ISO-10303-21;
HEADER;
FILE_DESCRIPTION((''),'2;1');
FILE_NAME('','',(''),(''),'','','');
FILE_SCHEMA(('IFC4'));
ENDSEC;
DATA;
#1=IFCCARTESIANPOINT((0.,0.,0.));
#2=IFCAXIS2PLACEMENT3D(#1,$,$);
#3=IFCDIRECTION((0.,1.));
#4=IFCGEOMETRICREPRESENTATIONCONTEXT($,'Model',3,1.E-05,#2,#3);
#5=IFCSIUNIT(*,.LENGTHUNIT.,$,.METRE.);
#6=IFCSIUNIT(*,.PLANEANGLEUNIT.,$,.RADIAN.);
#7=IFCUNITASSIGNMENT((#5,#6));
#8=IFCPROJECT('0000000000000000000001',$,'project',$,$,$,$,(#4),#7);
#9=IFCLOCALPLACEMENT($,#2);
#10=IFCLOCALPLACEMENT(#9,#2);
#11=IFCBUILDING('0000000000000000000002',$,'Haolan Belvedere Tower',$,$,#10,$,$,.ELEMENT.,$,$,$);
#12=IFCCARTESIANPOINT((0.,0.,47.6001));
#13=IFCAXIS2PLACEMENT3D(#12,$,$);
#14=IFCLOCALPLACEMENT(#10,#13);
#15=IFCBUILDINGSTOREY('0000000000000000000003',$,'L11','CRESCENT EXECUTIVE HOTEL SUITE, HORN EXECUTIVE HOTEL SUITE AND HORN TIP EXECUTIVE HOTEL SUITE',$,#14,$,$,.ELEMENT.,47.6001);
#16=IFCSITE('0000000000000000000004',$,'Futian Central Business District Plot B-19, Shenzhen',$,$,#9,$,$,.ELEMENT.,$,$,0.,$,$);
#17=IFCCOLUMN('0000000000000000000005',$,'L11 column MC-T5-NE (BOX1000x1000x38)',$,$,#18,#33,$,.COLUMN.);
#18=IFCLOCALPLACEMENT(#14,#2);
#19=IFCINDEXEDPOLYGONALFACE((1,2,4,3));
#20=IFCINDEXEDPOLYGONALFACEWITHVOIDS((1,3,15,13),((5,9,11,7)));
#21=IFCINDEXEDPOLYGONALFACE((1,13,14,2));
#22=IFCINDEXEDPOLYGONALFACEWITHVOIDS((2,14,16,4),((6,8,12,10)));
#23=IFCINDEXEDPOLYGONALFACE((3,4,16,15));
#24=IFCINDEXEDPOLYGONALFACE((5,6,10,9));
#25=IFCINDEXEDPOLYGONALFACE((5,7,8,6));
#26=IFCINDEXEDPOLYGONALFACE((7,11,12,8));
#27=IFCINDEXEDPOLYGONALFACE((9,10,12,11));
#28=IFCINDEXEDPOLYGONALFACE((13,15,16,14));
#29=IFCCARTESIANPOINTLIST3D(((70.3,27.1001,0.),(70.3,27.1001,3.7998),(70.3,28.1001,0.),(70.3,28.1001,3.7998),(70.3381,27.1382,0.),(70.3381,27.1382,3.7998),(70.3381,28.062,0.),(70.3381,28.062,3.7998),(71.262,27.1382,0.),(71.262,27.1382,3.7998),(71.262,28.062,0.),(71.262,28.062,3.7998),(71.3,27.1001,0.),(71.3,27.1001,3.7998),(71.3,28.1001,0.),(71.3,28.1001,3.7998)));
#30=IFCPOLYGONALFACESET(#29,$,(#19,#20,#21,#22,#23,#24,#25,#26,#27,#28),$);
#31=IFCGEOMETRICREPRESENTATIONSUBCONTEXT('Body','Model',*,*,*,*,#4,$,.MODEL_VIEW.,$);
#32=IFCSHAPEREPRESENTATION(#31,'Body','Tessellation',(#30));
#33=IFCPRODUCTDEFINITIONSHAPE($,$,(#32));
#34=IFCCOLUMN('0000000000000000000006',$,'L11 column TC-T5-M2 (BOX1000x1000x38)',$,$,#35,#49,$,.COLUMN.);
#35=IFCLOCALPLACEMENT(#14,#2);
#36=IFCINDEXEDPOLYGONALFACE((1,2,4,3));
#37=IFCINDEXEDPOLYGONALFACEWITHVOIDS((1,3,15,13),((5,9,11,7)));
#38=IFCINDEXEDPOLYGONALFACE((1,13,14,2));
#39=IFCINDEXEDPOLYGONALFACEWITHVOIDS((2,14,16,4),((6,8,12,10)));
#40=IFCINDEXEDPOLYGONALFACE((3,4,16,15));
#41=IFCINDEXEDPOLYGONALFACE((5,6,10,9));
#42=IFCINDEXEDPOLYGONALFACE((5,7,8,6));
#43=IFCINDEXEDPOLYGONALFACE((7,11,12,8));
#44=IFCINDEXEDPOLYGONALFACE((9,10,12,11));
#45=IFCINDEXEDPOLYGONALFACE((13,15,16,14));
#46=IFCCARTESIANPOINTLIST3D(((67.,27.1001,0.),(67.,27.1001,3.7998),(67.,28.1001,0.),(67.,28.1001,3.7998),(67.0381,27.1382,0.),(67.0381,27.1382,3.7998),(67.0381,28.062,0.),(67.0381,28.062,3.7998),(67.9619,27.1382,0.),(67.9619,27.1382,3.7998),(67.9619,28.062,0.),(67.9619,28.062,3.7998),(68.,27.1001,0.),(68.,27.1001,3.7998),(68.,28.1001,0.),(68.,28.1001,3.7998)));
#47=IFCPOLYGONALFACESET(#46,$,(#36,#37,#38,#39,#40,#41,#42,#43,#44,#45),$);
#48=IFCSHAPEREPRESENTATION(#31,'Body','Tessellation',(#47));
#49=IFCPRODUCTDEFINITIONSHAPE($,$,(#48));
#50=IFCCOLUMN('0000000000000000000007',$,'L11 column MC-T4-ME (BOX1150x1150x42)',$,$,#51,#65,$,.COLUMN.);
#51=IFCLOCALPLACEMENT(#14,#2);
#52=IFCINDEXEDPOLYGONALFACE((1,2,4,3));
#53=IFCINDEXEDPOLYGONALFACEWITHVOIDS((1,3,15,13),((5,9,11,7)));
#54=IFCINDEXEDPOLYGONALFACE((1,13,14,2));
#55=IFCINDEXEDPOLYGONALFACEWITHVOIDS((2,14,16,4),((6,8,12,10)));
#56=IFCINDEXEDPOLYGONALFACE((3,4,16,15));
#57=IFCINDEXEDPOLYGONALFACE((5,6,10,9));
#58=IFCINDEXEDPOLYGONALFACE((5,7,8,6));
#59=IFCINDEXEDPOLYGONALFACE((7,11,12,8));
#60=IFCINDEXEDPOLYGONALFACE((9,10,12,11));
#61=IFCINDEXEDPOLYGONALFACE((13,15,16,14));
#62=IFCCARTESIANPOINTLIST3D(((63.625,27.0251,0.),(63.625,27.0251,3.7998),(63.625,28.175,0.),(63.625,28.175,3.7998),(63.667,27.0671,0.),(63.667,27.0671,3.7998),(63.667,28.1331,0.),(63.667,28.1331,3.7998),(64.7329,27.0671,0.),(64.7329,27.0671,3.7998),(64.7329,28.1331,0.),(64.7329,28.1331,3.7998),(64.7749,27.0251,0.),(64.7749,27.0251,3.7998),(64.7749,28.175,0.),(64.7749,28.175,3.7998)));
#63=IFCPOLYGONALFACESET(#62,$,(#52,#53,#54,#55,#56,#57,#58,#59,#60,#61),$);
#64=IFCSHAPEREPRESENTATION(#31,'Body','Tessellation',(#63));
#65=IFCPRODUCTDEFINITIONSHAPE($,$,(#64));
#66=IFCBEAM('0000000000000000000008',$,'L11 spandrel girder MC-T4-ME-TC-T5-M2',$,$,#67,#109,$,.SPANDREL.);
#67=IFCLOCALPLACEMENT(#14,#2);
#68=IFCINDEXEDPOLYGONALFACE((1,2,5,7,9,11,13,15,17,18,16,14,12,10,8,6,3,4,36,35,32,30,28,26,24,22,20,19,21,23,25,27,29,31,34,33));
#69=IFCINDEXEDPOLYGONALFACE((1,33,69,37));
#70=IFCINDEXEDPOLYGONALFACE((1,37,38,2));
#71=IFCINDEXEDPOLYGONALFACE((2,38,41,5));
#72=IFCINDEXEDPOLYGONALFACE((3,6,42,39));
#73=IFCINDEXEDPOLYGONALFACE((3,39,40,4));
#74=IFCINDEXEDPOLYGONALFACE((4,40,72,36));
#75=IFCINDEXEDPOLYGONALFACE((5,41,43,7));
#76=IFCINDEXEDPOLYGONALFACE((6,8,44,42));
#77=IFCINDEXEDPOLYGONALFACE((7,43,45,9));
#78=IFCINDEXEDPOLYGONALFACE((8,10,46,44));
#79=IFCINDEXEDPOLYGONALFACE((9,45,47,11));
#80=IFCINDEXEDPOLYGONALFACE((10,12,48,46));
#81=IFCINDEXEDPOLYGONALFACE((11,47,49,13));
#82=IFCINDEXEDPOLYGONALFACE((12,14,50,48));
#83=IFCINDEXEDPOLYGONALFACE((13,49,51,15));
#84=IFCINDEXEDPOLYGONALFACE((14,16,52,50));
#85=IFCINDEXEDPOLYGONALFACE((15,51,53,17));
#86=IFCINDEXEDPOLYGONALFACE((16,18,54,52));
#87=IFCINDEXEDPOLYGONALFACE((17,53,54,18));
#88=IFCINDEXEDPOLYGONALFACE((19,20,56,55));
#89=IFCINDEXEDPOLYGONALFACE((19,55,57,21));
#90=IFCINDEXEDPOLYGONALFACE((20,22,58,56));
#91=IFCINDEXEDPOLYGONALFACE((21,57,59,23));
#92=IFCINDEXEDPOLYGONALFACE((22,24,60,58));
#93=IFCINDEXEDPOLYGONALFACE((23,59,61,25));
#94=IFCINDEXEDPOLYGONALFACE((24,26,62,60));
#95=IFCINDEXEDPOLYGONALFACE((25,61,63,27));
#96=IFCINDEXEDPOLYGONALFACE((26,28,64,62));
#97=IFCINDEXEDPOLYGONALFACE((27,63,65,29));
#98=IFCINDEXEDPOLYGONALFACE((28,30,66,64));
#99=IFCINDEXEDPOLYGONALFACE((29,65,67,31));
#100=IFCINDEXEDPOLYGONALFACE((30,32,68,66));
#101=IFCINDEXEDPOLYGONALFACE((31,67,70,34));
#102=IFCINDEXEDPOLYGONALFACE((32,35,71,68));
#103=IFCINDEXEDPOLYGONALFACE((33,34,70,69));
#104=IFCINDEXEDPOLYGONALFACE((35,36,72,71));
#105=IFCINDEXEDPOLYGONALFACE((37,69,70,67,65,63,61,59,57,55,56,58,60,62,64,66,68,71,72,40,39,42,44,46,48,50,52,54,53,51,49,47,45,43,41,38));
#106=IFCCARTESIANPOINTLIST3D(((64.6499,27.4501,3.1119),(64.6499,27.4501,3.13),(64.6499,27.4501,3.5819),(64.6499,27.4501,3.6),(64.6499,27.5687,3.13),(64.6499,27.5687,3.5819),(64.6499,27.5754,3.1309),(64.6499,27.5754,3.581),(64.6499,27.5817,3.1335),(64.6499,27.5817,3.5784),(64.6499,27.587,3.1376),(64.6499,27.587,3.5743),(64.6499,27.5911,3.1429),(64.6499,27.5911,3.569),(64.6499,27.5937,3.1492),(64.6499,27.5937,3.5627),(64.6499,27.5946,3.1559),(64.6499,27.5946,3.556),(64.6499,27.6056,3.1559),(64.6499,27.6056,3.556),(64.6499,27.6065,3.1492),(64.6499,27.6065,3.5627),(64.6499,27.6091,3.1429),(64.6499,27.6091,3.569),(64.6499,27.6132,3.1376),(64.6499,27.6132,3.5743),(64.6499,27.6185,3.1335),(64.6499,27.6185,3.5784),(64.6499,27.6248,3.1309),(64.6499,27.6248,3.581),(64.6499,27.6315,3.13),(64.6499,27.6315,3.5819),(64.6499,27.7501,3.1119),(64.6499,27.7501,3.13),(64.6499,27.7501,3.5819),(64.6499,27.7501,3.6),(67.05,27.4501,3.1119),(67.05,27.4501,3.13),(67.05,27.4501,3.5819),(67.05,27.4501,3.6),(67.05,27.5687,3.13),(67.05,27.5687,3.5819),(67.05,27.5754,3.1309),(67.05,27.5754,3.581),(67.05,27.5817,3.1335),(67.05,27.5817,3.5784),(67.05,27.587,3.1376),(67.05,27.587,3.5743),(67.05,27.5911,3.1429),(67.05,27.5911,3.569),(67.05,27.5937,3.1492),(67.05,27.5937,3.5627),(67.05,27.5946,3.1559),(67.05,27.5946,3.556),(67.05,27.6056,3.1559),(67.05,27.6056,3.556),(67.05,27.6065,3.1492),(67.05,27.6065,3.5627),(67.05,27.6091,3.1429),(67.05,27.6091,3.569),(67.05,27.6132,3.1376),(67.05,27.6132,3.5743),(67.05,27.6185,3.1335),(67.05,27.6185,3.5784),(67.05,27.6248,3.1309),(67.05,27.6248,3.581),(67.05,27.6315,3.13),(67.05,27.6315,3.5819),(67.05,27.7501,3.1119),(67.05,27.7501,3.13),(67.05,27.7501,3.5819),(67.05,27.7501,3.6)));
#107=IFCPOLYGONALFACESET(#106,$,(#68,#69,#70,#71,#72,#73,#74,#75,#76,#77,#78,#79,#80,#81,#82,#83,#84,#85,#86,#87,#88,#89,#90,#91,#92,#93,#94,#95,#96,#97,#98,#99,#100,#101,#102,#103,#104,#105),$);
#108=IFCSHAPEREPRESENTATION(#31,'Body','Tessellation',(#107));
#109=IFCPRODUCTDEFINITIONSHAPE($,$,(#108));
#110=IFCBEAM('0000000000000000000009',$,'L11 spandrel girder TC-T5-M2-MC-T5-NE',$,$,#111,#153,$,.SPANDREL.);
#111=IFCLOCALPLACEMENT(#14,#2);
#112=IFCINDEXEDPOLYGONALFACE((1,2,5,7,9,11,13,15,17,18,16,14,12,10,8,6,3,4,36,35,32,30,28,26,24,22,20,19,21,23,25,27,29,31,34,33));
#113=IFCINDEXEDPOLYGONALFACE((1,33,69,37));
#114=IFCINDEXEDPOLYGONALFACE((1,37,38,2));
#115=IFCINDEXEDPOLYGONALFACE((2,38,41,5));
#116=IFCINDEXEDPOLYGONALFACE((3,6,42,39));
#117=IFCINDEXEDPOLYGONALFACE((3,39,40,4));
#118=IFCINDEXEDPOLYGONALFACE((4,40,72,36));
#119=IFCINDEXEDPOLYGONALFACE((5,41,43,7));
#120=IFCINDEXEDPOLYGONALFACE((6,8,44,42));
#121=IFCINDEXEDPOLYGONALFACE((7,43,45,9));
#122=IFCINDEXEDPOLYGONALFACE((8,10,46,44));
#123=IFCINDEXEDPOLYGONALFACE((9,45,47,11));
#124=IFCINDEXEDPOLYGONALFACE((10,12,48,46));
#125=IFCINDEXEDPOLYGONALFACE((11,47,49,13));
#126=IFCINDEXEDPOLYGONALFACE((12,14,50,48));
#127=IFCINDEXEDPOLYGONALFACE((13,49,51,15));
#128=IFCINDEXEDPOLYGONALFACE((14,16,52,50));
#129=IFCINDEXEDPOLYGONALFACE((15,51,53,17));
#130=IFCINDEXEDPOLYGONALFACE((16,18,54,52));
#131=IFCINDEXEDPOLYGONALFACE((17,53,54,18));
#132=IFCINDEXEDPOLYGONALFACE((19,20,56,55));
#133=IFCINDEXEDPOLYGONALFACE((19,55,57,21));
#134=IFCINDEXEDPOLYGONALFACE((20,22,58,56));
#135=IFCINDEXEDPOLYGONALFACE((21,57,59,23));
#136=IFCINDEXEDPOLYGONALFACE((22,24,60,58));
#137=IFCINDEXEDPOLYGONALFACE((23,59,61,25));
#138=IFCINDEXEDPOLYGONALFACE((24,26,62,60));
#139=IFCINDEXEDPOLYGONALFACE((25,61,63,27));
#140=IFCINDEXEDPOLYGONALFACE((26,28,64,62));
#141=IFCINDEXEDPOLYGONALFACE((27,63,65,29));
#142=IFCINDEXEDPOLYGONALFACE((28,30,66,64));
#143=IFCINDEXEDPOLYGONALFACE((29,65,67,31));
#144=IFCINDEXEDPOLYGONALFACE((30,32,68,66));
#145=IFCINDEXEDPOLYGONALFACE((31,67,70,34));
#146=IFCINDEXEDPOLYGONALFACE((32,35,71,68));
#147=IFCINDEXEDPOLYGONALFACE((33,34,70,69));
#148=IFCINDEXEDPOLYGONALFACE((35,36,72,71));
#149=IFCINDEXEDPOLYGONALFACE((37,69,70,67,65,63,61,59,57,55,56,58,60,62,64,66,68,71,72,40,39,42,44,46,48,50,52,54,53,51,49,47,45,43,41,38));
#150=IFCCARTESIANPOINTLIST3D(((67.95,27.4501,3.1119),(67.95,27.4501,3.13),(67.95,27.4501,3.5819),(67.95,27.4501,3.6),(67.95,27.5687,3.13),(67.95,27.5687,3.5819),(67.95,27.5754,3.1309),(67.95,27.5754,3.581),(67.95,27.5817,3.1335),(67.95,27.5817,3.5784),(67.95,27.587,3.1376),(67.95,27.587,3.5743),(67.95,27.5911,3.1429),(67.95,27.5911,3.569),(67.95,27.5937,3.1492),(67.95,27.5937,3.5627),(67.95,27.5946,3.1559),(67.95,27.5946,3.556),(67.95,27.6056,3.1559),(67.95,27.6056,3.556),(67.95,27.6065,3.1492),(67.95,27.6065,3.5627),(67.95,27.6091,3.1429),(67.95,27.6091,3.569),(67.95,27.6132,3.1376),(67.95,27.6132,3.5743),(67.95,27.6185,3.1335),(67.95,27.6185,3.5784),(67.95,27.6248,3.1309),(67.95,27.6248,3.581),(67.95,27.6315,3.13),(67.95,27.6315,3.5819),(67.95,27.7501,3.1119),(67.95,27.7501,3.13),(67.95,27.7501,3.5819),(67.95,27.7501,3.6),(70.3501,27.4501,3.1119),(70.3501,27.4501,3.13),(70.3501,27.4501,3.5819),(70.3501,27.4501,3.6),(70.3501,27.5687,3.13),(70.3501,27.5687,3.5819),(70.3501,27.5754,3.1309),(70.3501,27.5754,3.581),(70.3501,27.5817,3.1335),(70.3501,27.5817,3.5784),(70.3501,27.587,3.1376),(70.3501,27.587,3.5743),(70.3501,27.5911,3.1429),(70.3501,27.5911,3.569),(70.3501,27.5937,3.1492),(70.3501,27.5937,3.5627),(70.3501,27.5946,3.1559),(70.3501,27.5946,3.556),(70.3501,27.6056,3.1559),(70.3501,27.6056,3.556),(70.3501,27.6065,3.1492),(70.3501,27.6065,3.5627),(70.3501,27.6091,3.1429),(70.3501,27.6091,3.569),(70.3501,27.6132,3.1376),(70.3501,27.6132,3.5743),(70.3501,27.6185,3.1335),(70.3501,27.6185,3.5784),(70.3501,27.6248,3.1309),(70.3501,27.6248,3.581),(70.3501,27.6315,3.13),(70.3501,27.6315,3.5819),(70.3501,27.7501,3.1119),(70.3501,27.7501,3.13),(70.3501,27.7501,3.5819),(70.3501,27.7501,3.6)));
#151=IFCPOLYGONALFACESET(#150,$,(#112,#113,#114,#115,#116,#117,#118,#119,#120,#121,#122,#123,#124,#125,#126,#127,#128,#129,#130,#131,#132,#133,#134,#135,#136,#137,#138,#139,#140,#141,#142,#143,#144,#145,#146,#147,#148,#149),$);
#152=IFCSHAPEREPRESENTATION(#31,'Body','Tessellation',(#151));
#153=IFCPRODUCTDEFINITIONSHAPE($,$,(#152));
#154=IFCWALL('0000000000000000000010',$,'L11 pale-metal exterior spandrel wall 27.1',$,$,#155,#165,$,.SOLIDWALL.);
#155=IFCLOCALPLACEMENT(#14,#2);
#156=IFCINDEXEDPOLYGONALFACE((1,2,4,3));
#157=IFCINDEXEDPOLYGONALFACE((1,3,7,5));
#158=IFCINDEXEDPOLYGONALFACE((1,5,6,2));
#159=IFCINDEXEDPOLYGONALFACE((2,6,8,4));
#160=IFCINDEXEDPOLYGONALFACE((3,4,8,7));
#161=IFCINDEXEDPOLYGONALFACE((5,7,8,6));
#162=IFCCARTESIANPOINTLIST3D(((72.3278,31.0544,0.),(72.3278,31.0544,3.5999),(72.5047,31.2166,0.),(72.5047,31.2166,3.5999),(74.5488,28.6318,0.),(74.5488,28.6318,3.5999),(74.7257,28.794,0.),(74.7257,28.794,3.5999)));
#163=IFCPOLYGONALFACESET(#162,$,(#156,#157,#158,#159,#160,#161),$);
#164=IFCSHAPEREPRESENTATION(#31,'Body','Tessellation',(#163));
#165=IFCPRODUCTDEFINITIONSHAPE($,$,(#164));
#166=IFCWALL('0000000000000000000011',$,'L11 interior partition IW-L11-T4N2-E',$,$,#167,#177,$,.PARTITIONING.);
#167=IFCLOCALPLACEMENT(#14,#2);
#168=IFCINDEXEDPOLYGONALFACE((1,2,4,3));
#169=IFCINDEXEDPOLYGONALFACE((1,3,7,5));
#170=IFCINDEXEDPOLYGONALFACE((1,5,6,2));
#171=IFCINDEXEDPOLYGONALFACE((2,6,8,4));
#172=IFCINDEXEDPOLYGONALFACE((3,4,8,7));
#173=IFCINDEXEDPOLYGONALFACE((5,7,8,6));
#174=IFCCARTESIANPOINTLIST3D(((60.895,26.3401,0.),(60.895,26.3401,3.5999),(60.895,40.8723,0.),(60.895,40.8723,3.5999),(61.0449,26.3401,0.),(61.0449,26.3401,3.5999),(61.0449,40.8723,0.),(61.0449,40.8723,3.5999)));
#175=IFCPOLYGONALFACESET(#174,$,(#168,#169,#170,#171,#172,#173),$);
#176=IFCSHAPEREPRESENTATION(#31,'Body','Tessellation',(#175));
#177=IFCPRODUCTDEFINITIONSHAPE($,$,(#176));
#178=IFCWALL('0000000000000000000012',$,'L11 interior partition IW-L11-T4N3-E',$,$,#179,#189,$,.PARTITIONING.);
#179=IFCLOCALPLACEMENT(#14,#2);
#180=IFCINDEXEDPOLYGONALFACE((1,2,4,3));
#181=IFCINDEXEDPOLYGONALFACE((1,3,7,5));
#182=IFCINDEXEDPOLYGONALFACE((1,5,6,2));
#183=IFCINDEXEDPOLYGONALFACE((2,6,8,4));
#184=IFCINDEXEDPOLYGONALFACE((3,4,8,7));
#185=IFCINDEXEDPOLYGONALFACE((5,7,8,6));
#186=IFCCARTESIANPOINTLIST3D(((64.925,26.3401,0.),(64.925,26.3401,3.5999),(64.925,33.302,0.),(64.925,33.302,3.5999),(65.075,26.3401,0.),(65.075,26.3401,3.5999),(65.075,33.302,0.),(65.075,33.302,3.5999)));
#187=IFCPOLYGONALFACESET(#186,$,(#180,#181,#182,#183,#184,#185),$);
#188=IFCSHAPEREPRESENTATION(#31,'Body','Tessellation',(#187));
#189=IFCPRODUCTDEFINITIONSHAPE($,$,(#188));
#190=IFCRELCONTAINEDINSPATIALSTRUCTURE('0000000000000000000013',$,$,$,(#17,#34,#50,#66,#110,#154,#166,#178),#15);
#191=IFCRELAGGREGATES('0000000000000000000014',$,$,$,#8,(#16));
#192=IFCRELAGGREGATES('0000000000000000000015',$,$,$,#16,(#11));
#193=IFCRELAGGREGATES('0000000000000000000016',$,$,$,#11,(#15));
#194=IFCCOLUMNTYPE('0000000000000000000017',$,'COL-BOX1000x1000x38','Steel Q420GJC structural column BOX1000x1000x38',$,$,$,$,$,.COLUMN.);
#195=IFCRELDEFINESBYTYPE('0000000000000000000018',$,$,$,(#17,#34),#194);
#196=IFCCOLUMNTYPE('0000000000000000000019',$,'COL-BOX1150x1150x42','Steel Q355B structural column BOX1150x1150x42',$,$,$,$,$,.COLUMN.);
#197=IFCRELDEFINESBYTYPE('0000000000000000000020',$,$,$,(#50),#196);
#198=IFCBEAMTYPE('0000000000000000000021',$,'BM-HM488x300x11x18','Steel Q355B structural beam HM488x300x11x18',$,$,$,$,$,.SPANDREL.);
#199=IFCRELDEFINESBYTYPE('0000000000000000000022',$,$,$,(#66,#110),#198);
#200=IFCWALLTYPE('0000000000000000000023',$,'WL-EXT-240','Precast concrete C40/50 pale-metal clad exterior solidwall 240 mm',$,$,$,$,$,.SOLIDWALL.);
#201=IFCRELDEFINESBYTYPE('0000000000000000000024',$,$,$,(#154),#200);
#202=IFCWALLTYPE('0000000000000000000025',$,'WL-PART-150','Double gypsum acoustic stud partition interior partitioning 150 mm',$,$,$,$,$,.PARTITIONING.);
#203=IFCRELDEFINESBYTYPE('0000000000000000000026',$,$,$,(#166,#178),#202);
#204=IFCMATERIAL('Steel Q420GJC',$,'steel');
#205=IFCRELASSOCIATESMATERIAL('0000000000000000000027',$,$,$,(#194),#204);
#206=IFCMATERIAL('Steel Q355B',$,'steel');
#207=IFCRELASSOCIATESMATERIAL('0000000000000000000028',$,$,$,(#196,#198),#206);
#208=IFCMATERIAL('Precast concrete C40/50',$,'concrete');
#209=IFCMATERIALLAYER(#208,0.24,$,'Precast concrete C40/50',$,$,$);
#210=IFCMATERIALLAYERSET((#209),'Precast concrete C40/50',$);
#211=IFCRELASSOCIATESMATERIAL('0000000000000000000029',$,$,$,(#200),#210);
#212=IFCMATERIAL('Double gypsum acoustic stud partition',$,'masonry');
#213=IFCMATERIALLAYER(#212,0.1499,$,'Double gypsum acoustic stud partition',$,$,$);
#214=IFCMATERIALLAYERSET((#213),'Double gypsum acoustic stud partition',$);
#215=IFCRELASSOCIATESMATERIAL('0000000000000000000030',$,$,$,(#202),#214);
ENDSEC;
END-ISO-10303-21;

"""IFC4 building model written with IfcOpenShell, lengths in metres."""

from ifc_helpers import new_model, si_unit, direction, frame, frame_2d, origin, origin_2d, place, context, subcontext, project, spatial, rectangle, hollow_rectangle, i_section, extrude, material, layer, layer_set, material_profile, profile_set, type_object, element, save


model = new_model("IFC4")

# Units and contexts
model_context = context("Model", 3, precision=1e-05, world=origin(), true_north=direction((0.0, 1.0)))
body_context = subcontext(model_context, "Body", "Model", "MODEL_VIEW")
ifc_project = project(units=[si_unit("LENGTHUNIT", "METRE"), si_unit("PLANEANGLEUNIT", "RADIAN")], contexts=[model_context])

# Site, building, storey
site_placement = place(None, origin())
site = spatial("IfcSite", under=ifc_project, at=site_placement, Name="Futian Central Business District Plot B-19, Shenzhen", CompositionType="ELEMENT", RefElevation=0.0)
building_placement = place(site_placement, origin())
building = spatial("IfcBuilding", under=site, at=building_placement, Name="Haolan Belvedere Tower", CompositionType="ELEMENT")
storey_placement = place(building_placement, frame((0.0, 0.0, 47.6001)))
storey = spatial("IfcBuildingStorey", under=building, at=storey_placement, Name="L11", Description="CRESCENT EXECUTIVE HOTEL SUITE, HORN EXECUTIVE HOTEL SUITE AND HORN TIP EXECUTIVE HOTEL SUITE", CompositionType="ELEMENT", Elevation=47.6001)

# Columns
ifc_material_1 = material(Name="Steel Q420GJC", Category="steel")
ifc_material_profile_1 = material_profile(ifc_material_1, hollow_rectangle(XDim=1.0, YDim=1.0, WallThickness=0.0381, at=origin_2d()), Name="Steel Q420GJC")
ifc_profile_set_1 = profile_set([ifc_material_profile_1], Name="Steel Q420GJC")
column_type_1 = type_object("IfcColumnType", Name="COL-BOX1000x1000x38", Description="Steel Q420GJC structural column BOX1000x1000x38", PredefinedType="COLUMN", material=ifc_profile_set_1)
for number, where, z_axis, x_axis, name in (
    (1, (70.8, 27.6001, 0.0), (0.0, 0.0, 1.0), (1.0, 0.0, 0.0), "L11 column MC-T5-NE (BOX1000x1000x38)"),
    (2, (67.5, 27.6001, 0.0), (0.0, 0.0, 1.0), (1.0, 0.0, 0.0), "L11 column TC-T5-M2 (BOX1000x1000x38)"),
):
    element("IfcColumn", number, at=place(storey_placement, frame(where, z_axis=z_axis, x_axis=x_axis)), inside=storey, type_object=column_type_1, Name=name, PredefinedType="COLUMN", context=body_context, shape_type="SweptSolid", body=[
        extrude(hollow_rectangle(XDim=1.0, YDim=1.0, WallThickness=0.0381, at=origin_2d()), origin(), (0.0, 0.0, 1.0), 3.7998),
    ])
ifc_material_2 = material(Name="Steel Q355B", Category="steel")
ifc_material_profile_2 = material_profile(ifc_material_2, hollow_rectangle(XDim=1.1499, YDim=1.1499, WallThickness=0.042, at=origin_2d()), Name="Steel Q355B")
ifc_profile_set_2 = profile_set([ifc_material_profile_2], Name="Steel Q355B")
column_type_2 = type_object("IfcColumnType", Name="COL-BOX1150x1150x42", Description="Steel Q355B structural column BOX1150x1150x42", PredefinedType="COLUMN", material=ifc_profile_set_2)
column_placement = place(storey_placement, frame((64.2, 27.6001, 0.0), z_axis=(0.0, 0.0, 1.0), x_axis=(1.0, 0.0, 0.0)))
element("IfcColumn", 3, at=column_placement, inside=storey, type_object=column_type_2, Name="L11 column MC-T4-ME (BOX1150x1150x42)", PredefinedType="COLUMN", context=body_context, shape_type="SweptSolid", body=[
    extrude(hollow_rectangle(XDim=1.1499, YDim=1.1499, WallThickness=0.042, at=origin_2d()), origin(), (0.0, 0.0, 1.0), 3.7998),
])

# Beams
ifc_material_profile_3 = material_profile(ifc_material_2, i_section(OverallWidth=0.3, OverallDepth=0.488, WebThickness=0.011, FlangeThickness=0.0181, FilletRadius=0.0259, at=origin_2d()), Name="Steel Q355B")
ifc_profile_set_3 = profile_set([ifc_material_profile_3], Name="Steel Q355B")
beam_type = type_object("IfcBeamType", Name="BM-HM488x300x11x18", Description="Steel Q355B structural beam HM488x300x11x18", PredefinedType="SPANDREL", material=ifc_profile_set_3)
for number, where, z_axis, x_axis, name in (
    (4, (64.6499, 27.6001, 3.356), (1.0, 0.0, 0.0), (0.0, 1.0, 0.0), "L11 spandrel girder MC-T4-ME-TC-T5-M2"),
    (5, (67.95, 27.6001, 3.356), (1.0, 0.0, 0.0), (0.0, 1.0, 0.0), "L11 spandrel girder TC-T5-M2-MC-T5-NE"),
):
    element("IfcBeam", number, at=place(storey_placement, frame(where, z_axis=z_axis, x_axis=x_axis)), inside=storey, type_object=beam_type, Name=name, PredefinedType="SPANDREL", context=body_context, shape_type="SweptSolid", body=[
        extrude(i_section(OverallWidth=0.3, OverallDepth=0.488, WebThickness=0.011, FlangeThickness=0.0181, FilletRadius=0.0259, at=origin_2d()), origin(), (0.0, 0.0, 1.0), 2.4001),
    ])

# Walls
ifc_material_3 = material(Name="Precast concrete C40/50", Category="concrete")
ifc_layer_1 = layer(ifc_material_3, 0.24, Name="Precast concrete C40/50")
ifc_layer_set_1 = layer_set([ifc_layer_1], Name="Precast concrete C40/50")
wall_type_1 = type_object("IfcWallType", Name="WL-EXT-240", Description="Precast concrete C40/50 pale-metal clad exterior solidwall 240 mm", PredefinedType="SOLIDWALL", material=ifc_layer_set_1)
wall_1_placement = place(storey_placement, frame((74.6372, 28.7129, 0.0), z_axis=(0.0, 0.0, 1.0), x_axis=(-0.675762, 0.73712, 0.0)))
element("IfcWall", 6, at=wall_1_placement, inside=storey, type_object=wall_type_1, Name="L11 pale-metal exterior spandrel wall 27.1", PredefinedType="SOLIDWALL", context=body_context, shape_type="SweptSolid", body=[
    extrude(rectangle(XDim=3.2866, YDim=0.24, at=frame_2d((1.6433, 0.0))), origin(), (0.0, 0.0, 1.0), 3.5999),
])
ifc_material_4 = material(Name="Double gypsum acoustic stud partition", Category="masonry")
ifc_layer_2 = layer(ifc_material_4, 0.1499, Name="Double gypsum acoustic stud partition")
ifc_layer_set_2 = layer_set([ifc_layer_2], Name="Double gypsum acoustic stud partition")
wall_type_2 = type_object("IfcWallType", Name="WL-PART-150", Description="Double gypsum acoustic stud partition interior partitioning 150 mm", PredefinedType="PARTITIONING", material=ifc_layer_set_2)
wall_2_placement = place(storey_placement, frame((60.97, 26.3401, 0.0), z_axis=(0.0, 0.0, 1.0), x_axis=(0.0, 1.0, 0.0)))
element("IfcWall", 7, at=wall_2_placement, inside=storey, type_object=wall_type_2, Name="L11 interior partition IW-L11-T4N2-E", PredefinedType="PARTITIONING", context=body_context, shape_type="SweptSolid", body=[
    extrude(rectangle(XDim=14.5322, YDim=0.1499, at=frame_2d((7.2661, 0.0))), origin(), (0.0, 0.0, 1.0), 3.5999),
])

# Wall
wall_3_placement = place(storey_placement, frame((65.0, 26.3401, 0.0), z_axis=(0.0, 0.0, 1.0), x_axis=(0.0, 1.0, 0.0)))
element("IfcWall", 8, at=wall_3_placement, inside=storey, type_object=wall_type_2, Name="L11 interior partition IW-L11-T4N3-E", PredefinedType="PARTITIONING", context=body_context, shape_type="SweptSolid", body=[
    extrude(rectangle(XDim=6.9619, YDim=0.1499, at=frame_2d((3.481, 0.0))), origin(), (0.0, 0.0, 1.0), 3.5999),
])

save(model, "model.ifc")
